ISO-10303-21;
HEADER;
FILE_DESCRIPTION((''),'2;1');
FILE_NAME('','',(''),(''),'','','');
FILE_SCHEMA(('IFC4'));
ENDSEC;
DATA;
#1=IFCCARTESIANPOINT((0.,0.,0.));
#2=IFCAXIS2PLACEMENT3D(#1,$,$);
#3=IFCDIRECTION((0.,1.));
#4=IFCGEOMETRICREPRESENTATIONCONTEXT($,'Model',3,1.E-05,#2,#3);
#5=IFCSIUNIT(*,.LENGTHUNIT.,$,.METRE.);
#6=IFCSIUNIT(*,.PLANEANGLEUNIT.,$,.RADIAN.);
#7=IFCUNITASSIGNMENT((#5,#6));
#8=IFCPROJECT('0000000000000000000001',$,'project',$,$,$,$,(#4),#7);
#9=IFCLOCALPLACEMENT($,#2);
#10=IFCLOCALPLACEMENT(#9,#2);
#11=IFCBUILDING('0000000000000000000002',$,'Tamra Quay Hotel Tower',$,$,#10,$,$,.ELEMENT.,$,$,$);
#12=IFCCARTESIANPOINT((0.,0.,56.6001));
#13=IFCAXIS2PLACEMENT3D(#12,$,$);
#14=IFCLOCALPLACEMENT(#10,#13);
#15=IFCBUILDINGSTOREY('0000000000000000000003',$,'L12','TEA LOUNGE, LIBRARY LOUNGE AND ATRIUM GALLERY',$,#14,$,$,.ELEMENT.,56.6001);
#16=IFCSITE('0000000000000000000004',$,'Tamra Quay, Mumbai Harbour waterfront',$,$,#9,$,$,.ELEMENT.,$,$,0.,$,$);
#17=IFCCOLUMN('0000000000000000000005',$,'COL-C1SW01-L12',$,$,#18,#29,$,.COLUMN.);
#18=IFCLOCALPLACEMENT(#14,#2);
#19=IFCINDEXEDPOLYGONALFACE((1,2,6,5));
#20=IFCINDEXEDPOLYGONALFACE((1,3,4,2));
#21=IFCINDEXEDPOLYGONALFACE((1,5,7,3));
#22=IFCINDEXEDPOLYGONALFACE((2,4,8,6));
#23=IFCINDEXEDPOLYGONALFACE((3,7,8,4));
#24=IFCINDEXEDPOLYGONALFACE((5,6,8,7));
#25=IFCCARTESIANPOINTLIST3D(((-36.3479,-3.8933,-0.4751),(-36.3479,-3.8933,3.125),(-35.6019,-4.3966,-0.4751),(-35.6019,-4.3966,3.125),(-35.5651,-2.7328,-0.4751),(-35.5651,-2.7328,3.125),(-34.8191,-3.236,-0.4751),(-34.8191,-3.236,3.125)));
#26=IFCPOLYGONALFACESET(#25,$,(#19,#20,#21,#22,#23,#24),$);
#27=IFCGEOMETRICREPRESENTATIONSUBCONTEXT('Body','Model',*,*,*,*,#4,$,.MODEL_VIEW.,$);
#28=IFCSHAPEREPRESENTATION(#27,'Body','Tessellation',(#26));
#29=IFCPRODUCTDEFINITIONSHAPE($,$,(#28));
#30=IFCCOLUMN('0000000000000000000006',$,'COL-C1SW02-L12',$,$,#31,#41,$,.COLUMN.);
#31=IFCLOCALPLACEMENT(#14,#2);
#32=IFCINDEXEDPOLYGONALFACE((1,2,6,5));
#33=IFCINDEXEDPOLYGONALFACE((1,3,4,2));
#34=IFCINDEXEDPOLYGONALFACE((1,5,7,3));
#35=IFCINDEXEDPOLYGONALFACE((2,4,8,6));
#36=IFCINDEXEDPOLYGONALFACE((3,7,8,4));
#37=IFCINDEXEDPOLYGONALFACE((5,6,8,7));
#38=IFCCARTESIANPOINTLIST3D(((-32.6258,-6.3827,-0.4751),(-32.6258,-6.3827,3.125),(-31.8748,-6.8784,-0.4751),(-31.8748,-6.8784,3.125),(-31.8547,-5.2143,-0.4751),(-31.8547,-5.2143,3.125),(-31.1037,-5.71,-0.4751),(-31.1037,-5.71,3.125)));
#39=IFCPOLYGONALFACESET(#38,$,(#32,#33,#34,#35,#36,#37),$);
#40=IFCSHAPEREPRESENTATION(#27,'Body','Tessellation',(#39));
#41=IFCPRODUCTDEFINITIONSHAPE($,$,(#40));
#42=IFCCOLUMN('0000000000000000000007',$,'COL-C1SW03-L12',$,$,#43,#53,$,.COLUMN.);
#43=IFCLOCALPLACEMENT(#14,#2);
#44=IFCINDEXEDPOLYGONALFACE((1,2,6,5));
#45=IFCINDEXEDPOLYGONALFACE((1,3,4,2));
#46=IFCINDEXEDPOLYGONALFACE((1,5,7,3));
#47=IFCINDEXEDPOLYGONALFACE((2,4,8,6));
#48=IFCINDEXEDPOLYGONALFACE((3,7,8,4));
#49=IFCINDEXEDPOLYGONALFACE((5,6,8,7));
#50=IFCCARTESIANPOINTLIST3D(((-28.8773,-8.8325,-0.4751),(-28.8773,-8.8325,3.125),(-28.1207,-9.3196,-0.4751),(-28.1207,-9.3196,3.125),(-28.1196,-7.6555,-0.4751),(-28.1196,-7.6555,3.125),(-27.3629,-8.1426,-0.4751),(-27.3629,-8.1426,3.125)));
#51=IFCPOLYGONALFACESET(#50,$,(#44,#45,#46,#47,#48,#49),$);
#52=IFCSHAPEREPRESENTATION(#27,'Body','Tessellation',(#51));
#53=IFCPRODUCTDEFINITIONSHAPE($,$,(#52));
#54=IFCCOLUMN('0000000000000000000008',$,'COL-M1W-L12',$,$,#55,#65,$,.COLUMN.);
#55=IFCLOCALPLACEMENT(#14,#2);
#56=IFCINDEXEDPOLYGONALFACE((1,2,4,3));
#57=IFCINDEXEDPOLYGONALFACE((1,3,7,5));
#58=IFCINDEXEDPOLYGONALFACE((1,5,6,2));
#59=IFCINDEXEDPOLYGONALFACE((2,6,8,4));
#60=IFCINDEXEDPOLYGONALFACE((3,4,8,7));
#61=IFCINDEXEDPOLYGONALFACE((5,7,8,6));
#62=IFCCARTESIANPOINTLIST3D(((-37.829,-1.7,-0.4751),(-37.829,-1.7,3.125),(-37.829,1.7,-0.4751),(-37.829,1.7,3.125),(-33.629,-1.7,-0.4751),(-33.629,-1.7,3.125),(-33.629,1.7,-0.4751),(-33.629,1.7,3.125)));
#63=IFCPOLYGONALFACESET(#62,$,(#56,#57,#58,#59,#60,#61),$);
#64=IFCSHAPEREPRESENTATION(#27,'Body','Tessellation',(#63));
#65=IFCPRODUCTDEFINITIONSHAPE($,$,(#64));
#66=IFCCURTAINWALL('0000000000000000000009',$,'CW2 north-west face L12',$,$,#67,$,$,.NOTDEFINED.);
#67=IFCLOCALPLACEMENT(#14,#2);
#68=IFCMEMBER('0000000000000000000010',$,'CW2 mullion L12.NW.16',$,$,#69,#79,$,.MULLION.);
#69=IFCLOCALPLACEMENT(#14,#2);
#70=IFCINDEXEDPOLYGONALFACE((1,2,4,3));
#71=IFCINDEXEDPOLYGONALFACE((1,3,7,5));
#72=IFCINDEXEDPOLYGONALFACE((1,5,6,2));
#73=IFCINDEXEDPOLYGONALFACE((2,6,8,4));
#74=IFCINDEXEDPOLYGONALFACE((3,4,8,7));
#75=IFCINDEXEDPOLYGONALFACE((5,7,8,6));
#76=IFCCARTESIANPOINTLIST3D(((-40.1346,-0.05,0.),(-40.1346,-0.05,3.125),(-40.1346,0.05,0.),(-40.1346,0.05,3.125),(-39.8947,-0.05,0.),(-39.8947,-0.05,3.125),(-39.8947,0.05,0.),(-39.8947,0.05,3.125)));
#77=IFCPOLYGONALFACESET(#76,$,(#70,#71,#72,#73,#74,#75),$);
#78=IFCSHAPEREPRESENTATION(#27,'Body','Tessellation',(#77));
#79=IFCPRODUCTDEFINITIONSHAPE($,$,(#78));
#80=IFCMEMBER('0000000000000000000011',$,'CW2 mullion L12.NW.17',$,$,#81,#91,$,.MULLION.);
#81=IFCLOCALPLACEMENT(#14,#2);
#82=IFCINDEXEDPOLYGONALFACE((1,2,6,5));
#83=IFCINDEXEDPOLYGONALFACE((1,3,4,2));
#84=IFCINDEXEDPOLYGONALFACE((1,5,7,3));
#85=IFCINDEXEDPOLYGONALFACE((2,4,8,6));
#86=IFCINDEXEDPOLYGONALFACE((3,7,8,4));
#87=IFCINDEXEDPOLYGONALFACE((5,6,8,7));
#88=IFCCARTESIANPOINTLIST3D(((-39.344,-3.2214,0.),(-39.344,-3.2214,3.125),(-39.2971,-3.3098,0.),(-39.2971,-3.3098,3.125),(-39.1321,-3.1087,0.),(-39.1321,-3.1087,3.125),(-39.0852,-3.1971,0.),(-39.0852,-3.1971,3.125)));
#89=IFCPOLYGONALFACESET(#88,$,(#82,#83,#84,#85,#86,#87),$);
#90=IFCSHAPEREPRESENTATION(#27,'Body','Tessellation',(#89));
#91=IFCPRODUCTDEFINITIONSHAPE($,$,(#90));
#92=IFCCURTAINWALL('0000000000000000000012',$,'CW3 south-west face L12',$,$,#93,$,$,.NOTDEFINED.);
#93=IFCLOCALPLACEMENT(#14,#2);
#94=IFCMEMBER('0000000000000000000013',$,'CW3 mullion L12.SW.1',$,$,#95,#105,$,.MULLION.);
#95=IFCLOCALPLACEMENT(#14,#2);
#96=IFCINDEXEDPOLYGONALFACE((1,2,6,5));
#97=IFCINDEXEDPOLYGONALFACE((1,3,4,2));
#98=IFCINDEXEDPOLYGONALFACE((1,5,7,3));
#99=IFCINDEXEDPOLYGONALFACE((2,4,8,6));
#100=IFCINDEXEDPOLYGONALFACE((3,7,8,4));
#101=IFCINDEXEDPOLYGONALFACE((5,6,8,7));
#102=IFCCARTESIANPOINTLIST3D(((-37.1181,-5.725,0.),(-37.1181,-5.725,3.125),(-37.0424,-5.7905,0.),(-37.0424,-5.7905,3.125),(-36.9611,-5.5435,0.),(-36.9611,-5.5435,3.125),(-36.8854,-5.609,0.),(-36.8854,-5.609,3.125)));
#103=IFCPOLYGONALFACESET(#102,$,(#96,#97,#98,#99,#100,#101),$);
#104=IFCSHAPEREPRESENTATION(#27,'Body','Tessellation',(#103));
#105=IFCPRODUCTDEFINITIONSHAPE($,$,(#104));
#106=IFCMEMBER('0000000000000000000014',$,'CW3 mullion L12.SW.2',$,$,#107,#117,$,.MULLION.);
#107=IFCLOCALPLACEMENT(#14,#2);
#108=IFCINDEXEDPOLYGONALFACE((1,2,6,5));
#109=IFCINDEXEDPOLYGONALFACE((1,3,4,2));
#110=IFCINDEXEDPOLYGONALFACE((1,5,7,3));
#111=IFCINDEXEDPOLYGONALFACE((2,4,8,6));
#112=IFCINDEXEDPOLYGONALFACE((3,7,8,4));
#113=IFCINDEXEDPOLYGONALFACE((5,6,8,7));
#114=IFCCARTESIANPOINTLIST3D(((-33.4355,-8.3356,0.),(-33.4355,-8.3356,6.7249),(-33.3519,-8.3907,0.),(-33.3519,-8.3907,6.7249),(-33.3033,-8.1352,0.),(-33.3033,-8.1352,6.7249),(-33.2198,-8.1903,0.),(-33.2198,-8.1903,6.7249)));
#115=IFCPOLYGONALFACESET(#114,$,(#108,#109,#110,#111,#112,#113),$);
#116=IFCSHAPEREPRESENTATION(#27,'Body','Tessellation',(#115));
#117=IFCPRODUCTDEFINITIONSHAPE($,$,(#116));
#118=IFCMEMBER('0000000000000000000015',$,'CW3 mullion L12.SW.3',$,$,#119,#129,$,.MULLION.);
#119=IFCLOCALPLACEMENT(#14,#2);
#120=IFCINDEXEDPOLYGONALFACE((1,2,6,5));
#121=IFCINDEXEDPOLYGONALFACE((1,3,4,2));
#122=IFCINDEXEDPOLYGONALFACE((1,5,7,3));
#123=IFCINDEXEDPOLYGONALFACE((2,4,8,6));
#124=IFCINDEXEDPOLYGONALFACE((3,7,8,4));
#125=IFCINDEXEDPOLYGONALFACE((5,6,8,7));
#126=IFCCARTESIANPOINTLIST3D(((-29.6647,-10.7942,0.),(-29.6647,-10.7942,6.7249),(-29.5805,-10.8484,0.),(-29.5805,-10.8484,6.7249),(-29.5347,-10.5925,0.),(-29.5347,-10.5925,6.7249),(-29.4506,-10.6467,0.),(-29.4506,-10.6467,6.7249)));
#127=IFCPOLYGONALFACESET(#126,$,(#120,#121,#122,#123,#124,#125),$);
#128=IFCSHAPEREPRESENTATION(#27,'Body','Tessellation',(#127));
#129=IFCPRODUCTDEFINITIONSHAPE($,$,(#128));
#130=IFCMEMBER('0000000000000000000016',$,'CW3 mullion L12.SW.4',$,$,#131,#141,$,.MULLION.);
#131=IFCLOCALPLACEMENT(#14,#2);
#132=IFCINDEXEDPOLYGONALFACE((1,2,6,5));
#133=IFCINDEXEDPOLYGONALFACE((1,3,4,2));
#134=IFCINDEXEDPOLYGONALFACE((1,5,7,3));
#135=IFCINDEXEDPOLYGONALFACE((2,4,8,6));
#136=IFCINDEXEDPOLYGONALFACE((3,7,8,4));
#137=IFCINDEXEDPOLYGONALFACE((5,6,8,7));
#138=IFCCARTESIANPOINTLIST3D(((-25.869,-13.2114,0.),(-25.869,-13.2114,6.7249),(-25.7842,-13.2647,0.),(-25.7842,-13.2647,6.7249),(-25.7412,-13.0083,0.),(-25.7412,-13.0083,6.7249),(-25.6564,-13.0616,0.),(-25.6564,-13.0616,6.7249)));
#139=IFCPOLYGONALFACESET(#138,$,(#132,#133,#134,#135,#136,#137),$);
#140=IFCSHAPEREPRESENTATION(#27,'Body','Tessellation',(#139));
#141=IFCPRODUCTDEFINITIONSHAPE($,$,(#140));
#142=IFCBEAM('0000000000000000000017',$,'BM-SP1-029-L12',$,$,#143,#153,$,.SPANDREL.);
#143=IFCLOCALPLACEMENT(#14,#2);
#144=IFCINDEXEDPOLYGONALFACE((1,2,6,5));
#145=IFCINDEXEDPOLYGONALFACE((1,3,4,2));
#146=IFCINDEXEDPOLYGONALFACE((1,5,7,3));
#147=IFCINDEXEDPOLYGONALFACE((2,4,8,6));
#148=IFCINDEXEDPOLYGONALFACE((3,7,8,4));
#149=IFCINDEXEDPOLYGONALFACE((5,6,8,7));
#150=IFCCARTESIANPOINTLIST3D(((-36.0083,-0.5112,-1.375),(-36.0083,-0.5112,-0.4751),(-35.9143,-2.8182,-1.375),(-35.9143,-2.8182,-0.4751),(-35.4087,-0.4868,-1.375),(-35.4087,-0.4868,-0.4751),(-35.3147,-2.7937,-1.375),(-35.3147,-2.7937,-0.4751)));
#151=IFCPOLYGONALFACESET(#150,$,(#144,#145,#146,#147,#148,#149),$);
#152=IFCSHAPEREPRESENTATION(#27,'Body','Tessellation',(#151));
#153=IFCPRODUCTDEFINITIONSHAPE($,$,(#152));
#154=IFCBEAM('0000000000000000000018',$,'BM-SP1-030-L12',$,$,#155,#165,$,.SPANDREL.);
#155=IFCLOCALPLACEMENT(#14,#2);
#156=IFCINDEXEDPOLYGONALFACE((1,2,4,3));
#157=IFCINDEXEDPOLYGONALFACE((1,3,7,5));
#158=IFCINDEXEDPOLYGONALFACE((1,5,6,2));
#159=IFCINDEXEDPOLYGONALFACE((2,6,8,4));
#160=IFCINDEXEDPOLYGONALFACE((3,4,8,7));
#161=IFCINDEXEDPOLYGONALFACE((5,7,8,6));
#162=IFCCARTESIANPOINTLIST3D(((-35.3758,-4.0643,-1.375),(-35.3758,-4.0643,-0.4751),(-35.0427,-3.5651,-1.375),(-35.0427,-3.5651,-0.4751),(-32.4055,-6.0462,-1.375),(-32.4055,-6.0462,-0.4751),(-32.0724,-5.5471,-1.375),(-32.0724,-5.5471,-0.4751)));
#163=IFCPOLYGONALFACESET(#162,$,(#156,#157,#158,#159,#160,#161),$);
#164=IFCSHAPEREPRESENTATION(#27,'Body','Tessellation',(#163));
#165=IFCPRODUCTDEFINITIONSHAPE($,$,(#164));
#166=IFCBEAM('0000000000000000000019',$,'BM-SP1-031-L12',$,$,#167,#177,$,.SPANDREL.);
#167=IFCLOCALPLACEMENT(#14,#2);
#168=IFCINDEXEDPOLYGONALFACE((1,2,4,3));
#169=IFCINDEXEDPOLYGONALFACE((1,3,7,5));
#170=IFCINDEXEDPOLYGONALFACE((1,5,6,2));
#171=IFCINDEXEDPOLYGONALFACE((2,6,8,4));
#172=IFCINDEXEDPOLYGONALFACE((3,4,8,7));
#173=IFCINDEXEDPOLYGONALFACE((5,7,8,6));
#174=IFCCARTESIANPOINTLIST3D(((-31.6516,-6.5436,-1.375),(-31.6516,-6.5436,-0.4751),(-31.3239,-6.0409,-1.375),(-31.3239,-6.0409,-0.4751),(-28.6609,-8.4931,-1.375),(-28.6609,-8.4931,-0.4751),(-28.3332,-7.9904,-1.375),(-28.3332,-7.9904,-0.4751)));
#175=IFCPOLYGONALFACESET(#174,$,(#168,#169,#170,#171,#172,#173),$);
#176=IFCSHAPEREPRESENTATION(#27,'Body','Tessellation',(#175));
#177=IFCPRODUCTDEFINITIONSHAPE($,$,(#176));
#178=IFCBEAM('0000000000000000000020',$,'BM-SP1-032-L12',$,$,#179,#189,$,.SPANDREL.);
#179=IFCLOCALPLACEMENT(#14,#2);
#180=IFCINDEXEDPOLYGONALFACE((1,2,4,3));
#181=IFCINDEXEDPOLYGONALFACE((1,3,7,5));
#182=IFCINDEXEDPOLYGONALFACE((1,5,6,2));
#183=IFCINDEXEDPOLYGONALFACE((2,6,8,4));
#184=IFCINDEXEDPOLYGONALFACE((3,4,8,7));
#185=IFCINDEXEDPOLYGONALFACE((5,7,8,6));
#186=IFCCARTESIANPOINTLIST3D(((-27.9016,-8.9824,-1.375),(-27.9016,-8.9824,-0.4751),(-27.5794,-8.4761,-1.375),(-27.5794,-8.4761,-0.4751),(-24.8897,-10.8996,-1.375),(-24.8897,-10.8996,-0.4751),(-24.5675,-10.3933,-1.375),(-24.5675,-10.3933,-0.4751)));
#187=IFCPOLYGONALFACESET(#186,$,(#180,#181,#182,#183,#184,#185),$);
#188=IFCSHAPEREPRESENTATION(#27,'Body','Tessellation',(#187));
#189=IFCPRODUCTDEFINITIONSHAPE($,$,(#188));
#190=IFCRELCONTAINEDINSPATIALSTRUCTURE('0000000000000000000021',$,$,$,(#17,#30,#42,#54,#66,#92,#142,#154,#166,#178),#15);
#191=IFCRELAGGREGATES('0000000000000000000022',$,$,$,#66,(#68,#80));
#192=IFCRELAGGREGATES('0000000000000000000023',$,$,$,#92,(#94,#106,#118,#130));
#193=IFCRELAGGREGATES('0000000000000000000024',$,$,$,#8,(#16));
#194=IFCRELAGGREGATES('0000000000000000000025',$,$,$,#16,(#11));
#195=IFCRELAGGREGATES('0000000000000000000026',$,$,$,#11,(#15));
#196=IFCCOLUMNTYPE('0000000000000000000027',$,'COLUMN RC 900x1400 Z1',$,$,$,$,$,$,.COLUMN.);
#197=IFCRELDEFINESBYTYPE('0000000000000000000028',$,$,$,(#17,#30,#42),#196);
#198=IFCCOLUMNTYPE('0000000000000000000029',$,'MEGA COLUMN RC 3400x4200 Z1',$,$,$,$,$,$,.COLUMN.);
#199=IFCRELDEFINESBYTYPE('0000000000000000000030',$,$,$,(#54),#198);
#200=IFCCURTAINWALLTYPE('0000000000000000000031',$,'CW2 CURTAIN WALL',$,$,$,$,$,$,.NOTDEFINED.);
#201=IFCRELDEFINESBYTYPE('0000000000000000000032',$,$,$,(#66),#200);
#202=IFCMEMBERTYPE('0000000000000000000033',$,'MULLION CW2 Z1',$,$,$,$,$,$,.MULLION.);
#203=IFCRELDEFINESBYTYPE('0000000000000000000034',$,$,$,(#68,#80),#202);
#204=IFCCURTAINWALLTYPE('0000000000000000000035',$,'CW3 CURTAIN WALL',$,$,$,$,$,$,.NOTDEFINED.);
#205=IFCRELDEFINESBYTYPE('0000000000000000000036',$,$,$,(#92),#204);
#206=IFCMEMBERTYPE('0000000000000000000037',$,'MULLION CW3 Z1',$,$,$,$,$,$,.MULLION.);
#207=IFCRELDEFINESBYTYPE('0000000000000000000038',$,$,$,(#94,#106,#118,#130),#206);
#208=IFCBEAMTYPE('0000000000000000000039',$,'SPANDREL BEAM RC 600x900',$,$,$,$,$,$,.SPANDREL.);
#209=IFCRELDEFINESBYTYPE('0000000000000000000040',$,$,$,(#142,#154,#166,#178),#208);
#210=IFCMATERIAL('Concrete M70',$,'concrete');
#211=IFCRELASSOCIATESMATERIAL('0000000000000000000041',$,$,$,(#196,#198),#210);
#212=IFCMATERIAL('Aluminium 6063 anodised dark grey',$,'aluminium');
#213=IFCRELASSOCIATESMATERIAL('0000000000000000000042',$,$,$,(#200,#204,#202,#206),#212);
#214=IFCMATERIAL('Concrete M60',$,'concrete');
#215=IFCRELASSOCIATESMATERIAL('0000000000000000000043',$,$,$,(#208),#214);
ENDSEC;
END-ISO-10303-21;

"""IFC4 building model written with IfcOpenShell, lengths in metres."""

from ifc_helpers import new_model, si_unit, direction, frame, origin, origin_2d, place, context, subcontext, project, spatial, rectangle, extrude, material, material_profile, profile_set, type_object, element, aggregate, save


model = new_model("IFC4")

# Units and contexts
model_context = context("Model", 3, precision=1e-05, world=origin(), true_north=direction((0.0, 1.0)))
body_context = subcontext(model_context, "Body", "Model", "MODEL_VIEW")
ifc_project = project(units=[si_unit("LENGTHUNIT", "METRE"), si_unit("PLANEANGLEUNIT", "RADIAN")], contexts=[model_context])

# Site, building, storey
site_placement = place(None, origin())
site = spatial("IfcSite", under=ifc_project, at=site_placement, Name="Tamra Quay, Mumbai Harbour waterfront", CompositionType="ELEMENT", RefElevation=0.0)
building_placement = place(site_placement, origin())
building = spatial("IfcBuilding", under=site, at=building_placement, Name="Tamra Quay Hotel Tower", CompositionType="ELEMENT")
storey_placement = place(building_placement, frame((0.0, 0.0, 56.6001)))
storey = spatial("IfcBuildingStorey", under=building, at=storey_placement, Name="L12", Description="TEA LOUNGE, LIBRARY LOUNGE AND ATRIUM GALLERY", CompositionType="ELEMENT", Elevation=56.6001)

# Columns
ifc_material_1 = material(Name="Concrete M70", Category="concrete")
ifc_material_profile_1 = material_profile(ifc_material_1, rectangle(XDim=1.3999, YDim=0.8999, at=origin_2d()), Name="COLUMN RC 900x1400 Z1")
ifc_profile_set_1 = profile_set([ifc_material_profile_1], Name="Concrete M70")
column_type_1 = type_object("IfcColumnType", Name="COLUMN RC 900x1400 Z1", PredefinedType="COLUMN", material=ifc_profile_set_1)
for number, where, z_axis, x_axis, name in (
    (1, (-35.5835, -3.5647, -0.4751), (0.0, 0.0, 1.0), (0.55922, 0.829019, 0.0), "COL-C1SW01-L12"),
    (2, (-31.8647, -6.0464, -0.4751), (0.0, 0.0, 1.0), (0.550838, 0.834612, 0.0), "COL-C1SW02-L12"),
    (3, (-28.1201, -8.4875, -0.4751), (0.0, 0.0, 1.0), (0.541283, 0.840841, 0.0), "COL-C1SW03-L12"),
):
    element("IfcColumn", number, at=place(storey_placement, frame(where, z_axis=z_axis, x_axis=x_axis)), inside=storey, type_object=column_type_1, Name=name, PredefinedType="COLUMN", context=body_context, shape_type="SweptSolid", body=[
        extrude(rectangle(XDim=1.3999, YDim=0.8999, at=origin_2d()), origin(), (0.0, 0.0, 1.0), 3.6001),
    ])
ifc_material_profile_2 = material_profile(ifc_material_1, rectangle(XDim=4.2, YDim=3.3999, at=origin_2d()), Name="MEGA COLUMN RC 3400x4200 Z1")
ifc_profile_set_2 = profile_set([ifc_material_profile_2], Name="Concrete M70")
column_type_2 = type_object("IfcColumnType", Name="MEGA COLUMN RC 3400x4200 Z1", PredefinedType="COLUMN", material=ifc_profile_set_2)
column_placement = place(storey_placement, frame((-35.729, 0.0, -0.4751), z_axis=(0.0, 0.0, 1.0), x_axis=(1.0, 0.0, 0.0)))
element("IfcColumn", 4, at=column_placement, inside=storey, type_object=column_type_2, Name="COL-M1W-L12", PredefinedType="COLUMN", context=body_context, shape_type="SweptSolid", body=[
    extrude(rectangle(XDim=4.2, YDim=3.3999, at=origin_2d()), origin(), (0.0, 0.0, 1.0), 3.6001),
])

# Curtain walls, members
ifc_material_2 = material(Name="Aluminium 6063 anodised dark grey", Category="aluminium")
curtain_wall_type_1 = type_object("IfcCurtainWallType", Name="CW2 CURTAIN WALL", PredefinedType="NOTDEFINED", material=ifc_material_2)
curtain_wall_1_placement = place(storey_placement, origin())
curtain_wall_1 = element("IfcCurtainWall", 5, at=curtain_wall_1_placement, inside=storey, type_object=curtain_wall_type_1, Name="CW2 north-west face L12", PredefinedType="NOTDEFINED")
ifc_material_profile_3 = material_profile(ifc_material_2, rectangle(XDim=0.24, YDim=0.1001, at=origin_2d()), Name="MULLION 100X240")
ifc_profile_set_3 = profile_set([ifc_material_profile_3], Name="Aluminium 6063 anodised dark grey")
member_type_1 = type_object("IfcMemberType", Name="MULLION CW2 Z1", PredefinedType="MULLION", material=ifc_profile_set_3)
member_1_placement = place(storey_placement, frame((-40.0146, 0.0, 0.0), z_axis=(0.0, 0.0, 1.0), x_axis=(-1.0, 0.0, 0.0)))
member_1 = element("IfcMember", 6, at=member_1_placement, type_object=member_type_1, Name="CW2 mullion L12.NW.16", PredefinedType="MULLION", context=body_context, shape_type="SweptSolid", body=[
    extrude(rectangle(XDim=0.24, YDim=0.1001, at=origin_2d()), origin(), (0.0, 0.0, 1.0), 3.125),
])
member_2_placement = place(storey_placement, frame((-39.2146, -3.2092, 0.0), z_axis=(0.0, 0.0, 1.0), x_axis=(-0.882955, -0.469457, 0.0)))
member_2 = element("IfcMember", 7, at=member_2_placement, type_object=member_type_1, Name="CW2 mullion L12.NW.17", PredefinedType="MULLION", context=body_context, shape_type="SweptSolid", body=[
    extrude(rectangle(XDim=0.24, YDim=0.1001, at=origin_2d()), origin(), (0.0, 0.0, 1.0), 3.125),
])
curtain_wall_type_2 = type_object("IfcCurtainWallType", Name="CW3 CURTAIN WALL", PredefinedType="NOTDEFINED", material=ifc_material_2)
curtain_wall_2_placement = place(storey_placement, origin())
curtain_wall_2 = element("IfcCurtainWall", 8, at=curtain_wall_2_placement, inside=storey, type_object=curtain_wall_type_2, Name="CW3 south-west face L12", PredefinedType="NOTDEFINED")
ifc_material_profile_4 = material_profile(ifc_material_2, rectangle(XDim=0.24, YDim=0.1001, at=origin_2d()), Name="MULLION 100X240")
ifc_profile_set_4 = profile_set([ifc_material_profile_4], Name="Aluminium 6063 anodised dark grey")
member_type_2 = type_object("IfcMemberType", Name="MULLION CW3 Z1", PredefinedType="MULLION", material=ifc_profile_set_4)
member_3_placement = place(storey_placement, frame((-37.0017, -5.667, 0.0), z_axis=(0.0, 0.0, 1.0), x_axis=(-0.654197, -0.756324, 0.0)))
member_3 = element("IfcMember", 9, at=member_3_placement, type_object=member_type_2, Name="CW3 mullion L12.SW.1", PredefinedType="MULLION", context=body_context, shape_type="SweptSolid", body=[
    extrude(rectangle(XDim=0.24, YDim=0.1001, at=origin_2d()), origin(), (0.0, 0.0, 1.0), 3.125),
])
member_4_placement = place(storey_placement, frame((-33.3276, -8.2629, 0.0), z_axis=(0.0, 0.0, 1.0), x_axis=(-0.550591, -0.834775, 0.0)))
member_4 = element("IfcMember", 10, at=member_4_placement, type_object=member_type_2, Name="CW3 mullion L12.SW.2", PredefinedType="MULLION", context=body_context, shape_type="SweptSolid", body=[
    extrude(rectangle(XDim=0.24, YDim=0.1001, at=origin_2d()), origin(), (0.0, 0.0, 1.0), 6.7249),
])
member_5_placement = place(storey_placement, frame((-29.5576, -10.7205, 0.0), z_axis=(0.0, 0.0, 1.0), x_axis=(-0.541561, -0.840662, 0.0)))
member_5 = element("IfcMember", 11, at=member_5_placement, type_object=member_type_2, Name="CW3 mullion L12.SW.3", PredefinedType="MULLION", context=body_context, shape_type="SweptSolid", body=[
    extrude(rectangle(XDim=0.24, YDim=0.1001, at=origin_2d()), origin(), (0.0, 0.0, 1.0), 6.7249),
])
member_6_placement = place(storey_placement, frame((-25.7627, -13.1365, 0.0), z_axis=(0.0, 0.0, 1.0), x_axis=(-0.532447, -0.846463, 0.0)))
member_6 = element("IfcMember", 12, at=member_6_placement, type_object=member_type_2, Name="CW3 mullion L12.SW.4", PredefinedType="MULLION", context=body_context, shape_type="SweptSolid", body=[
    extrude(rectangle(XDim=0.24, YDim=0.1001, at=origin_2d()), origin(), (0.0, 0.0, 1.0), 6.7249),
])

# Beams
ifc_material_3 = material(Name="Concrete M60", Category="concrete")
ifc_material_profile_5 = material_profile(ifc_material_3, rectangle(XDim=0.6001, YDim=0.8999, at=origin_2d()), Name="SPANDREL BEAM RC 600x900")
ifc_profile_set_5 = profile_set([ifc_material_profile_5], Name="Concrete M60")
beam_type = type_object("IfcBeamType", Name="SPANDREL BEAM RC 600x900", PredefinedType="SPANDREL", material=ifc_profile_set_5)
beam_1_placement = place(storey_placement, frame((-35.7085, -0.499, -0.925), z_axis=(0.040711, -0.999171, 0.0), x_axis=(0.999171, 0.040711, 0.0)))
element("IfcBeam", 13, at=beam_1_placement, inside=storey, type_object=beam_type, Name="BM-SP1-029-L12", PredefinedType="SPANDREL", context=body_context, shape_type="SweptSolid", body=[
    extrude(rectangle(XDim=0.6001, YDim=0.8999, at=origin_2d()), origin(), (0.0, 0.0, 1.0), 2.3088),
])
beam_2_placement = place(storey_placement, frame((-35.2092, -3.8147, -0.925), z_axis=(0.831819, -0.555047, 0.0), x_axis=(0.555047, 0.831819, 0.0)))
element("IfcBeam", 14, at=beam_2_placement, inside=storey, type_object=beam_type, Name="BM-SP1-030-L12", PredefinedType="SPANDREL", context=body_context, shape_type="SweptSolid", body=[
    extrude(rectangle(XDim=0.6001, YDim=0.8999, at=origin_2d()), origin(), (0.0, 0.0, 1.0), 3.5708),
])
beam_3_placement = place(storey_placement, frame((-31.4878, -6.2922, -0.925), z_axis=(0.83774, -0.54607, 0.0), x_axis=(0.54607, 0.83774, 0.0)))
element("IfcBeam", 15, at=beam_3_placement, inside=storey, type_object=beam_type, Name="BM-SP1-031-L12", PredefinedType="SPANDREL", context=body_context, shape_type="SweptSolid", body=[
    extrude(rectangle(XDim=0.6001, YDim=0.8999, at=origin_2d()), origin(), (0.0, 0.0, 1.0), 3.5701),
])
beam_4_placement = place(storey_placement, frame((-27.7405, -8.7292, -0.925), z_axis=(0.843594, -0.536982, 0.0), x_axis=(0.536982, 0.843594, 0.0)))
element("IfcBeam", 16, at=beam_4_placement, inside=storey, type_object=beam_type, Name="BM-SP1-032-L12", PredefinedType="SPANDREL", context=body_context, shape_type="SweptSolid", body=[
    extrude(rectangle(XDim=0.6001, YDim=0.8999, at=origin_2d()), origin(), (0.0, 0.0, 1.0), 3.5703),
])

aggregate(curtain_wall_1, [member_1, member_2])
aggregate(curtain_wall_2, [member_3, member_4, member_5, member_6])

save(model, "model.ifc")
